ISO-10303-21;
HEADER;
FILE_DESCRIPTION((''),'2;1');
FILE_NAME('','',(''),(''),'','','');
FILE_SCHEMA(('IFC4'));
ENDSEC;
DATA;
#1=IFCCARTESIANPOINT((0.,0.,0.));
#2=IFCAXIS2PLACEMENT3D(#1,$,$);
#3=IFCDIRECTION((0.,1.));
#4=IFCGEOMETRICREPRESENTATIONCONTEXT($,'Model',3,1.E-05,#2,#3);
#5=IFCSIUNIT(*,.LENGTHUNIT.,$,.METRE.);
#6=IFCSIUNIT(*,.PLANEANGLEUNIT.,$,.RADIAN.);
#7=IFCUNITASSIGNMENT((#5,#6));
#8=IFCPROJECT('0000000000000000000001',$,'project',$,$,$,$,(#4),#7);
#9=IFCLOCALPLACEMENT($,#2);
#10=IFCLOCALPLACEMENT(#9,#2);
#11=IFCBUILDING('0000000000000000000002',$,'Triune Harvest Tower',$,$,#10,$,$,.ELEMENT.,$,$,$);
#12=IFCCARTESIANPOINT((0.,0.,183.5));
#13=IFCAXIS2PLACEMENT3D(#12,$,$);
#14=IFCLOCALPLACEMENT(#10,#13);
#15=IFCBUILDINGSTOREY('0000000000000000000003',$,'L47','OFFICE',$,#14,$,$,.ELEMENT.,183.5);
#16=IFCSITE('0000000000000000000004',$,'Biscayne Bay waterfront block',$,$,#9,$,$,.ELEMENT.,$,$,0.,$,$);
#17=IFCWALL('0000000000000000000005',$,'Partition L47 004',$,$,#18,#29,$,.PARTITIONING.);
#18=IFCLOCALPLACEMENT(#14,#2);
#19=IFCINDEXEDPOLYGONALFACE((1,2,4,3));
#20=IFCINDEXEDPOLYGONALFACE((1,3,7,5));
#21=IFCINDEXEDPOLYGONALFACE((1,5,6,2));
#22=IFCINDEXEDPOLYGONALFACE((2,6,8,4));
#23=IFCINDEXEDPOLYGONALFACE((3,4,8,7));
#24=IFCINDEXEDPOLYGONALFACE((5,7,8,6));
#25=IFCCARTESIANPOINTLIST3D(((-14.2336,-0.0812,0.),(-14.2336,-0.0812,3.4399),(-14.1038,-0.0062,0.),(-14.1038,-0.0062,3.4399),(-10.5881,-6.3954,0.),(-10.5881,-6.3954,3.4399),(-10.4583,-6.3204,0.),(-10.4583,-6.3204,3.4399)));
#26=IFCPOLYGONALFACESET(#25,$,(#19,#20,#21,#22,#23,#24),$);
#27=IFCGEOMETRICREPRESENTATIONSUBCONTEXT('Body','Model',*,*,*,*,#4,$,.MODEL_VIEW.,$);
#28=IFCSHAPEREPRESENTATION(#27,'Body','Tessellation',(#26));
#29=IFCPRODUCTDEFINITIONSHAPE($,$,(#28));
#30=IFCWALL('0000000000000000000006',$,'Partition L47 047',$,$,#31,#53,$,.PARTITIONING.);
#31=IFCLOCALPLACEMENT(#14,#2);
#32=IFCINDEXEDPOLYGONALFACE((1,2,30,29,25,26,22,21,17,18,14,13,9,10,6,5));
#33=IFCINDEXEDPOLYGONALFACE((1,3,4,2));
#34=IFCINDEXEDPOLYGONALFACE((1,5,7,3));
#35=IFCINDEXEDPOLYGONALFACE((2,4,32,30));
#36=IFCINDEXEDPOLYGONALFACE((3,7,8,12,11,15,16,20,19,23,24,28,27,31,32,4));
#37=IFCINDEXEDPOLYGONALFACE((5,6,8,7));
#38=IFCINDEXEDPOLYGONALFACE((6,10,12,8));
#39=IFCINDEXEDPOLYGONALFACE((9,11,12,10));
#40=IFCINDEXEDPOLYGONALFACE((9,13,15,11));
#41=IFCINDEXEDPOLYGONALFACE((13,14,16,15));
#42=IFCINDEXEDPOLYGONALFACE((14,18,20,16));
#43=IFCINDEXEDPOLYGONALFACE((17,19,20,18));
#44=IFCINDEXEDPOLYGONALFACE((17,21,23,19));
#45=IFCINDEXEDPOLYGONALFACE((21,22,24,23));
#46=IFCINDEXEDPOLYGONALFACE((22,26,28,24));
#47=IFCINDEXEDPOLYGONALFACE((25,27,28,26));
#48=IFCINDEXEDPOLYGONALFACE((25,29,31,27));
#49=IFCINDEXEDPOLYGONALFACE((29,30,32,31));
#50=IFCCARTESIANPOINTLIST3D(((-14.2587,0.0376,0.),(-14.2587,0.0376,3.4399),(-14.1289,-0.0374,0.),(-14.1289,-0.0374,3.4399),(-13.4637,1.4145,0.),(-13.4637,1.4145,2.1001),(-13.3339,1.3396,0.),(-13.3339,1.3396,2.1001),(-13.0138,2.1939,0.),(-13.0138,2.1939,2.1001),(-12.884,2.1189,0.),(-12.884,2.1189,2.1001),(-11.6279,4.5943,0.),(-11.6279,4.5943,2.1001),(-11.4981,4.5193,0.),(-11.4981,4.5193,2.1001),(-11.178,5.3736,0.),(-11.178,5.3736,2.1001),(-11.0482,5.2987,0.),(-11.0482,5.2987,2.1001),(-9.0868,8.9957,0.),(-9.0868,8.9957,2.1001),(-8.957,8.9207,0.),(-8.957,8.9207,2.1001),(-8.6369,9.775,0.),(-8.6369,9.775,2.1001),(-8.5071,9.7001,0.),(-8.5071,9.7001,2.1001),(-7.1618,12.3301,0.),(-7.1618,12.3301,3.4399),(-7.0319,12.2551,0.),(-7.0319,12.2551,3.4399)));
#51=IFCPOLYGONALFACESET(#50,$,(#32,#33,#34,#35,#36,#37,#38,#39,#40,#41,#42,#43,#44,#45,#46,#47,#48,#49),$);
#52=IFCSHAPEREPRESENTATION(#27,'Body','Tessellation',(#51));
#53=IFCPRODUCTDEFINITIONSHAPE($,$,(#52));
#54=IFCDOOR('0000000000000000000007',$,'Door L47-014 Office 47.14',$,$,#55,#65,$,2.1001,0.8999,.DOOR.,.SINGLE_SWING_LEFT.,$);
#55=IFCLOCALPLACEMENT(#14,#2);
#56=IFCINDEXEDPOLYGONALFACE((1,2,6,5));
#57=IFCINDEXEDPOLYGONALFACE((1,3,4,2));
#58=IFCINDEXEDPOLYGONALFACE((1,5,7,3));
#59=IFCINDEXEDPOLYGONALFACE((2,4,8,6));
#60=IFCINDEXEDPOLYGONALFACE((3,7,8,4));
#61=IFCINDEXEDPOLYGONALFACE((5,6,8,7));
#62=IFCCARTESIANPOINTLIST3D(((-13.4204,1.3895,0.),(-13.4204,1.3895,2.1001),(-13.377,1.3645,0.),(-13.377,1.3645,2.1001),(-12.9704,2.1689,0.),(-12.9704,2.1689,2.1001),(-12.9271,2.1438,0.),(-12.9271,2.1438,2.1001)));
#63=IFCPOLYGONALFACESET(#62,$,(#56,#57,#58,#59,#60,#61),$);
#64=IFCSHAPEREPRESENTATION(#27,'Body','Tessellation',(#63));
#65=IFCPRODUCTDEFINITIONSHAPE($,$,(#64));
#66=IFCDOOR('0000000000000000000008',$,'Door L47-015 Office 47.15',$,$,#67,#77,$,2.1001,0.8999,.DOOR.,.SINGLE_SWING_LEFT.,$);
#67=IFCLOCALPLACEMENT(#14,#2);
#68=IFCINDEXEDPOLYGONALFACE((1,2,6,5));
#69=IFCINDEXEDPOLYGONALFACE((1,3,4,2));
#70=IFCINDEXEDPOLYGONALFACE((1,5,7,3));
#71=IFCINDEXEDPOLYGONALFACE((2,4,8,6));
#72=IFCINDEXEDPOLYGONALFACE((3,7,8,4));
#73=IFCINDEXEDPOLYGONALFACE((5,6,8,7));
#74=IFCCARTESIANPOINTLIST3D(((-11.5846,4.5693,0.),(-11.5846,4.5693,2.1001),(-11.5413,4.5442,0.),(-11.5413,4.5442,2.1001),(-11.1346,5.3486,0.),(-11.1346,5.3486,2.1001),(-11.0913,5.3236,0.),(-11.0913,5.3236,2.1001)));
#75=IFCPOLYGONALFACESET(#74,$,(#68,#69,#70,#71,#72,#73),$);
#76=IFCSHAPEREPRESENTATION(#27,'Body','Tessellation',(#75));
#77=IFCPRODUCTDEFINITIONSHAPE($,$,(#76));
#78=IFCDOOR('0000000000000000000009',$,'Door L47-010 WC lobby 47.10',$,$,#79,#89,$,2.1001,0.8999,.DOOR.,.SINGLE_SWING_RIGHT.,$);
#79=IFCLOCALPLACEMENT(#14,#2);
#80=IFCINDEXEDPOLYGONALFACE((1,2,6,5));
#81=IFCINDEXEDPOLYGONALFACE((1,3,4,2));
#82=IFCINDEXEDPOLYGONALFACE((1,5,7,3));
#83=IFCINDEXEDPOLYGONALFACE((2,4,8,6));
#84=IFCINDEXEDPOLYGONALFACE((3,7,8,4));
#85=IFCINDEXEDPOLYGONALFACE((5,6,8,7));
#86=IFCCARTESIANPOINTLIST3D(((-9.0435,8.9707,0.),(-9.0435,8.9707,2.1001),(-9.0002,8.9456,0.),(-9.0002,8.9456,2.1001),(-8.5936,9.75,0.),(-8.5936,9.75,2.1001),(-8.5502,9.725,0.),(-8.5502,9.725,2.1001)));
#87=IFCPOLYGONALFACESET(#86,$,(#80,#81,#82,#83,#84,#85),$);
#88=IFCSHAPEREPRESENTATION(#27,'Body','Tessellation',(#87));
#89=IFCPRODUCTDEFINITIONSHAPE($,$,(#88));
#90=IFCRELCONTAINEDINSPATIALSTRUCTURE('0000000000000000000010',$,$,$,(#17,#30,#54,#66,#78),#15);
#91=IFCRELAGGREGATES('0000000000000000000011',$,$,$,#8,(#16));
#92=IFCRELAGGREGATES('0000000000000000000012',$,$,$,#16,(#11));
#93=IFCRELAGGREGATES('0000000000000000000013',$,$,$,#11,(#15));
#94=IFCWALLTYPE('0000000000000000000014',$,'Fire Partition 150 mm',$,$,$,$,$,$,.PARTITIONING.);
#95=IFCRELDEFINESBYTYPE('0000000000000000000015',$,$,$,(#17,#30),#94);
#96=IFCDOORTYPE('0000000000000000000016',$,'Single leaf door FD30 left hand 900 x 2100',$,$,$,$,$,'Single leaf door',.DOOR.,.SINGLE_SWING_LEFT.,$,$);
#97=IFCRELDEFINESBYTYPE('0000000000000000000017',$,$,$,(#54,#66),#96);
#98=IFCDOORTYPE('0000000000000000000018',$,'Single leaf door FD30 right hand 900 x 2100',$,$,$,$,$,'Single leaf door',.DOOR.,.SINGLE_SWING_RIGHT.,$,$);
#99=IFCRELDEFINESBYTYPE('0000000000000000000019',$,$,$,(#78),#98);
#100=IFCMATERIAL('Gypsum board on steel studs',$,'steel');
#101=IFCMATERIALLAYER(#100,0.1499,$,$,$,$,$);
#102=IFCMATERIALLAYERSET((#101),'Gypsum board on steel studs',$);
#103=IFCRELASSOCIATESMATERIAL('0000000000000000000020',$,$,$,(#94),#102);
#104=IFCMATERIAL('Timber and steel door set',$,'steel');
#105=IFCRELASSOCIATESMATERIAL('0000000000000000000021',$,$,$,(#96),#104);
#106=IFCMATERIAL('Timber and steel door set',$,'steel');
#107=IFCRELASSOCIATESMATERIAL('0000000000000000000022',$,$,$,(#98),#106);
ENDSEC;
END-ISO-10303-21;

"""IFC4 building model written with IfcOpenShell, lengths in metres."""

from ifc_helpers import new_model, si_unit, direction, frame, frame_2d, origin, place, context, subcontext, project, spatial, rectangle, extrude, source, transform, mapped, material, layer, layer_set, type_object, element, fill, save


model = new_model("IFC4")

# Units and contexts
model_context = context("Model", 3, precision=1e-05, world=origin(), true_north=direction((0.0, 1.0)))
body_context = subcontext(model_context, "Body", "Model", "MODEL_VIEW")
ifc_project = project(units=[si_unit("LENGTHUNIT", "METRE"), si_unit("PLANEANGLEUNIT", "RADIAN")], contexts=[model_context])

# Site, building, storey
site_placement = place(None, origin())
site = spatial("IfcSite", under=ifc_project, at=site_placement, Name="Biscayne Bay waterfront block", CompositionType="ELEMENT", RefElevation=0.0)
building_placement = place(site_placement, origin())
building = spatial("IfcBuilding", under=site, at=building_placement, Name="Triune Harvest Tower", CompositionType="ELEMENT")
storey_placement = place(building_placement, frame((0.0, 0.0, 183.5)))
storey = spatial("IfcBuildingStorey", under=building, at=storey_placement, Name="L47", Description="OFFICE", CompositionType="ELEMENT", Elevation=183.5)

# Wall
ifc_material_1 = material(Name="Gypsum board on steel studs", Category="steel")
ifc_layer_1 = layer(ifc_material_1, 0.1499)
ifc_layer_set_1 = layer_set([ifc_layer_1], Name="Gypsum board on steel studs")
wall_type_1 = type_object("IfcWallType", Name="Fire Partition 150 mm", PredefinedType="PARTITIONING", material=ifc_layer_set_1)
shared_shape_1 = source(origin(), body_context, "Body", "SweptSolid", [
    extrude(rectangle(XDim=7.291, YDim=0.1499, at=frame_2d((3.6455, 0.0))), origin(), (0.0, 0.0, 1.0), 3.4399),
])
wall_1_placement = place(storey_placement, frame((-14.1687, -0.0437, 0.0), z_axis=(0.0, 0.0, 1.0), x_axis=(0.5, -0.866026, 0.0)))
element("IfcWall", 1, at=wall_1_placement, inside=storey, type_object=wall_type_1, Name="Partition L47 004", PredefinedType="PARTITIONING", context=body_context, shape_type="MappedRepresentation", body=[
    mapped(shared_shape_1, transform((0.0, 0.0, 0.0), scale=1.0)),
])

# Wall, openings, doors
shared_shape_2 = source(origin(), body_context, "Body", "SweptSolid", [
    extrude(rectangle(XDim=14.1941, YDim=0.1499, at=frame_2d((7.0972, 0.0))), origin(), (0.0, 0.0, 1.0), 3.4399),
])
wall_2_placement = place(storey_placement, frame((-14.1938, 0.0, 0.0), z_axis=(0.0, 0.0, 1.0), x_axis=(0.499992, 0.86603, 0.0)))
wall_2 = element("IfcWall", 2, at=wall_2_placement, inside=storey, type_object=wall_type_1, Name="Partition L47 047", PredefinedType="PARTITIONING", context=body_context, shape_type="MappedRepresentation", body=[
    mapped(shared_shape_2, transform((0.0, 0.0, 0.0), scale=1.0)),
])
opening_1_placement = place(wall_2_placement, frame((10.344, 0.0, 0.0)))
opening_1 = element("IfcOpeningElement", 3, at=opening_1_placement, cuts=wall_2, PredefinedType="OPENING", context=body_context, shape_type="SweptSolid", body=[
    extrude(rectangle(XDim=0.8999, YDim=2.1001, at=frame_2d((0.45, 1.05))), frame((0.0, 0.085, 0.0), z_axis=(0.0, -1.0, 0.0), x_axis=(1.0, 0.0, 0.0)), (0.0, 0.0, 1.0), 0.1699),
])
opening_2_placement = place(wall_2_placement, frame((1.5901, 0.0, 0.0)))
opening_2 = element("IfcOpeningElement", 4, at=opening_2_placement, cuts=wall_2, PredefinedType="OPENING", context=body_context, shape_type="SweptSolid", body=[
    extrude(rectangle(XDim=0.8999, YDim=2.1001, at=frame_2d((0.45, 1.05))), frame((0.0, 0.085, 0.0), z_axis=(0.0, -1.0, 0.0), x_axis=(1.0, 0.0, 0.0)), (0.0, 0.0, 1.0), 0.1699),
])
opening_3_placement = place(wall_2_placement, frame((5.2617, 0.0, 0.0)))
opening_3 = element("IfcOpeningElement", 5, at=opening_3_placement, cuts=wall_2, PredefinedType="OPENING", context=body_context, shape_type="SweptSolid", body=[
    extrude(rectangle(XDim=0.8999, YDim=2.1001, at=frame_2d((0.45, 1.05))), frame((0.0, 0.085, 0.0), z_axis=(0.0, -1.0, 0.0), x_axis=(1.0, 0.0, 0.0)), (0.0, 0.0, 1.0), 0.1699),
])
ifc_material_2 = material(Name="Timber and steel door set", Category="steel")
door_type_1 = type_object("IfcDoorType", Name="Single leaf door FD30 left hand 900 x 2100", ElementType="Single leaf door", OperationType="SINGLE_SWING_LEFT", PredefinedType="DOOR", material=ifc_material_2)
door_1_placement = place(opening_2_placement, origin())
door_1 = element("IfcDoor", 6, at=door_1_placement, inside=storey, type_object=door_type_1, Name="Door L47-014 Office 47.14", OperationType="SINGLE_SWING_LEFT", OverallHeight=2.1001, OverallWidth=0.8999, PredefinedType="DOOR", context=body_context, shape_type="SweptSolid", body=[
    extrude(rectangle(XDim=0.8999, YDim=2.1001, at=frame_2d((0.45, 1.05))), frame((0.0, 0.0249, 0.0), z_axis=(0.0, -1.0, 0.0), x_axis=(1.0, 0.0, 0.0)), (0.0, 0.0, 1.0), 0.05),
])
fill(opening_2, door_1)
door_2_placement = place(opening_3_placement, origin())
door_2 = element("IfcDoor", 7, at=door_2_placement, inside=storey, type_object=door_type_1, Name="Door L47-015 Office 47.15", OperationType="SINGLE_SWING_LEFT", OverallHeight=2.1001, OverallWidth=0.8999, PredefinedType="DOOR", context=body_context, shape_type="SweptSolid", body=[
    extrude(rectangle(XDim=0.8999, YDim=2.1001, at=frame_2d((0.45, 1.05))), frame((0.0, 0.0249, 0.0), z_axis=(0.0, -1.0, 0.0), x_axis=(1.0, 0.0, 0.0)), (0.0, 0.0, 1.0), 0.05),
])
fill(opening_3, door_2)
ifc_material_3 = material(Name="Timber and steel door set", Category="steel")
door_type_2 = type_object("IfcDoorType", Name="Single leaf door FD30 right hand 900 x 2100", ElementType="Single leaf door", OperationType="SINGLE_SWING_RIGHT", PredefinedType="DOOR", material=ifc_material_3)
door_3_placement = place(opening_1_placement, origin())
door_3 = element("IfcDoor", 8, at=door_3_placement, inside=storey, type_object=door_type_2, Name="Door L47-010 WC lobby 47.10", OperationType="SINGLE_SWING_RIGHT", OverallHeight=2.1001, OverallWidth=0.8999, PredefinedType="DOOR", context=body_context, shape_type="SweptSolid", body=[
    extrude(rectangle(XDim=0.8999, YDim=2.1001, at=frame_2d((0.45, 1.05))), frame((0.0, 0.0249, 0.0), z_axis=(0.0, -1.0, 0.0), x_axis=(1.0, 0.0, 0.0)), (0.0, 0.0, 1.0), 0.05),
])
fill(opening_1, door_3)

save(model, "model.ifc")
